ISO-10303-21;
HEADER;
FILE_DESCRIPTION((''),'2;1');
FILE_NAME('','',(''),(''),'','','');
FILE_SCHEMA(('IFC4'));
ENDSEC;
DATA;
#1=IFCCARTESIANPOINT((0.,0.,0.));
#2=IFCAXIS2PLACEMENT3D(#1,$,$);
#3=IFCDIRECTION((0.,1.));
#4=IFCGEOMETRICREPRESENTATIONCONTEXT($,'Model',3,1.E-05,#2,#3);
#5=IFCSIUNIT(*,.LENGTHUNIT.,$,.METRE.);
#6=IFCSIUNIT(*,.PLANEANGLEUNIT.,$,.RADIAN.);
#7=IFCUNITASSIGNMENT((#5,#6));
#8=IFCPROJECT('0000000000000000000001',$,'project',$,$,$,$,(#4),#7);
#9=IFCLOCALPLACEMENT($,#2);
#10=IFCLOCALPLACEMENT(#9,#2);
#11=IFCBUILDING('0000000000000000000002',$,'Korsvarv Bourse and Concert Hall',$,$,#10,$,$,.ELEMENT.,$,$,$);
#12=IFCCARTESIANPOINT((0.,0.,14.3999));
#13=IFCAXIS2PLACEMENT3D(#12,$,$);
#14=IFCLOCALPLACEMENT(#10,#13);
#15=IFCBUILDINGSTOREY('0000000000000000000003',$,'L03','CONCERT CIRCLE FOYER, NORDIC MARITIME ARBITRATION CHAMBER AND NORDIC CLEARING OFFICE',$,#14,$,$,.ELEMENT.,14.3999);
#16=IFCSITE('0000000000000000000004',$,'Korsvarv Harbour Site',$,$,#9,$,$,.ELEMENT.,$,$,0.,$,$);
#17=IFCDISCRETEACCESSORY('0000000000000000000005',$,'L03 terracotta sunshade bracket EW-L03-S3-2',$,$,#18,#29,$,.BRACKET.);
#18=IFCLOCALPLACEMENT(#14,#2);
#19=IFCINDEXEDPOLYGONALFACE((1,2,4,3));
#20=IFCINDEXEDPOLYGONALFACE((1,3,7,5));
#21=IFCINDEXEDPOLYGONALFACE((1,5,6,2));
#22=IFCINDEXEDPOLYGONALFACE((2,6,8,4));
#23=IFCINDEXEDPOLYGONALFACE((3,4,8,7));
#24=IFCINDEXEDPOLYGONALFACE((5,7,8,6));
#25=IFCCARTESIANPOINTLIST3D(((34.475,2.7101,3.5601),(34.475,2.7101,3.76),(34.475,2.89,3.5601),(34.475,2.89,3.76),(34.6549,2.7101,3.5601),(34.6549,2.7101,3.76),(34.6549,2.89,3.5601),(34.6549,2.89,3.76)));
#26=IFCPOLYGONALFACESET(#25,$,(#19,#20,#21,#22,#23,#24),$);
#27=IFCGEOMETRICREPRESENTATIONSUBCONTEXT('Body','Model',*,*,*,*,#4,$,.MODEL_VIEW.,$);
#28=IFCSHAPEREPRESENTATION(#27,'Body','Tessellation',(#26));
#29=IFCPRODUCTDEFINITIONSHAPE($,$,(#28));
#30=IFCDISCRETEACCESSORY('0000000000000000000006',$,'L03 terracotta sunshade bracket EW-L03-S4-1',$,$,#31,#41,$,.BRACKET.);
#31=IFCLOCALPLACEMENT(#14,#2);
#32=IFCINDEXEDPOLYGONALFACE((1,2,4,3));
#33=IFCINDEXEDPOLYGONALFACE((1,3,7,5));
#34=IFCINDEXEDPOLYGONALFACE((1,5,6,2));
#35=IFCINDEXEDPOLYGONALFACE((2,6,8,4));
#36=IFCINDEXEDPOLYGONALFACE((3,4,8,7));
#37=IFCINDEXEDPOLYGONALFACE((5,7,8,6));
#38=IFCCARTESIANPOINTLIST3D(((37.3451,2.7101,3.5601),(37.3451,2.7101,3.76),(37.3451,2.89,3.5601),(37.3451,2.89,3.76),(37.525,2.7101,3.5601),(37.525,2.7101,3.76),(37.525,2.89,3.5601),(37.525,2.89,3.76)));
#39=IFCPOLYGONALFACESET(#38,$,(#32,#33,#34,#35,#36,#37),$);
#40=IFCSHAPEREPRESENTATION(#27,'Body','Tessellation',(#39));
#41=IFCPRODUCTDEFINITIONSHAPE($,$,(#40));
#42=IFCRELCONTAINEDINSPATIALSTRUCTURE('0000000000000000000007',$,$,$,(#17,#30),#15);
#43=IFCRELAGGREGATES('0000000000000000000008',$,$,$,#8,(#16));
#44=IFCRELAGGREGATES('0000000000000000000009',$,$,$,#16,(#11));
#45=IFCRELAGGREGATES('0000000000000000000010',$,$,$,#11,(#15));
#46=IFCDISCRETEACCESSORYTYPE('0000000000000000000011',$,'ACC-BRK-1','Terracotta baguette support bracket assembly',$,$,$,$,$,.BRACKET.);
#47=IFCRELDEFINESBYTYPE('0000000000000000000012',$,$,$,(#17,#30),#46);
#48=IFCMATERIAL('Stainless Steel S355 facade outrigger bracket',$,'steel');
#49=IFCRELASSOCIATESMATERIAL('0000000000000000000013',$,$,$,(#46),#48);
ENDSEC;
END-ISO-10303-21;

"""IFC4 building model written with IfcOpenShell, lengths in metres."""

from ifc_helpers import new_model, si_unit, direction, frame, origin, origin_2d, place, context, subcontext, project, spatial, rectangle, extrude, source, transform, mapped, material, type_object, element, save


model = new_model("IFC4")

# Units and contexts
model_context = context("Model", 3, precision=1e-05, world=origin(), true_north=direction((0.0, 1.0)))
body_context = subcontext(model_context, "Body", "Model", "MODEL_VIEW")
ifc_project = project(units=[si_unit("LENGTHUNIT", "METRE"), si_unit("PLANEANGLEUNIT", "RADIAN")], contexts=[model_context])

# Site, building, storey
site_placement = place(None, origin())
site = spatial("IfcSite", under=ifc_project, at=site_placement, Name="Korsvarv Harbour Site", CompositionType="ELEMENT", RefElevation=0.0)
building_placement = place(site_placement, origin())
building = spatial("IfcBuilding", under=site, at=building_placement, Name="Korsvarv Bourse and Concert Hall", CompositionType="ELEMENT")
storey_placement = place(building_placement, frame((0.0, 0.0, 14.3999)))
storey = spatial("IfcBuildingStorey", under=building, at=storey_placement, Name="L03", Description="CONCERT CIRCLE FOYER, NORDIC MARITIME ARBITRATION CHAMBER AND NORDIC CLEARING OFFICE", CompositionType="ELEMENT", Elevation=14.3999)

# Discrete accessories
ifc_material_1 = material(Name="Stainless Steel S355 facade outrigger bracket", Category="steel")
discrete_accessory_type = type_object("IfcDiscreteAccessoryType", Name="ACC-BRK-1", Description="Terracotta baguette support bracket assembly", PredefinedType="BRACKET", material=ifc_material_1)
shared_shape_1 = source(origin(), body_context, "Body", "SweptSolid", [
    extrude(rectangle(XDim=0.1799, YDim=0.1799, at=origin_2d()), origin(), (0.0, 0.0, 1.0), 0.2),
])
for number, where, z_axis, x_axis, name in (
    (1, (34.5649, 2.8, 3.5601), (0.0, 0.0, 1.0), (1.0, 0.0, 0.0), "L03 terracotta sunshade bracket EW-L03-S3-2"),
    (2, (37.4351, 2.8, 3.5601), (0.0, 0.0, 1.0), (1.0, 0.0, 0.0), "L03 terracotta sunshade bracket EW-L03-S4-1"),
):
    element("IfcDiscreteAccessory", number, at=place(storey_placement, frame(where, z_axis=z_axis, x_axis=x_axis)), inside=storey, type_object=discrete_accessory_type, Name=name, PredefinedType="BRACKET", context=body_context, shape_type="MappedRepresentation", body=[
        mapped(shared_shape_1, transform((0.0, 0.0, 0.0), scale=1.0)),
    ])

save(model, "model.ifc")
